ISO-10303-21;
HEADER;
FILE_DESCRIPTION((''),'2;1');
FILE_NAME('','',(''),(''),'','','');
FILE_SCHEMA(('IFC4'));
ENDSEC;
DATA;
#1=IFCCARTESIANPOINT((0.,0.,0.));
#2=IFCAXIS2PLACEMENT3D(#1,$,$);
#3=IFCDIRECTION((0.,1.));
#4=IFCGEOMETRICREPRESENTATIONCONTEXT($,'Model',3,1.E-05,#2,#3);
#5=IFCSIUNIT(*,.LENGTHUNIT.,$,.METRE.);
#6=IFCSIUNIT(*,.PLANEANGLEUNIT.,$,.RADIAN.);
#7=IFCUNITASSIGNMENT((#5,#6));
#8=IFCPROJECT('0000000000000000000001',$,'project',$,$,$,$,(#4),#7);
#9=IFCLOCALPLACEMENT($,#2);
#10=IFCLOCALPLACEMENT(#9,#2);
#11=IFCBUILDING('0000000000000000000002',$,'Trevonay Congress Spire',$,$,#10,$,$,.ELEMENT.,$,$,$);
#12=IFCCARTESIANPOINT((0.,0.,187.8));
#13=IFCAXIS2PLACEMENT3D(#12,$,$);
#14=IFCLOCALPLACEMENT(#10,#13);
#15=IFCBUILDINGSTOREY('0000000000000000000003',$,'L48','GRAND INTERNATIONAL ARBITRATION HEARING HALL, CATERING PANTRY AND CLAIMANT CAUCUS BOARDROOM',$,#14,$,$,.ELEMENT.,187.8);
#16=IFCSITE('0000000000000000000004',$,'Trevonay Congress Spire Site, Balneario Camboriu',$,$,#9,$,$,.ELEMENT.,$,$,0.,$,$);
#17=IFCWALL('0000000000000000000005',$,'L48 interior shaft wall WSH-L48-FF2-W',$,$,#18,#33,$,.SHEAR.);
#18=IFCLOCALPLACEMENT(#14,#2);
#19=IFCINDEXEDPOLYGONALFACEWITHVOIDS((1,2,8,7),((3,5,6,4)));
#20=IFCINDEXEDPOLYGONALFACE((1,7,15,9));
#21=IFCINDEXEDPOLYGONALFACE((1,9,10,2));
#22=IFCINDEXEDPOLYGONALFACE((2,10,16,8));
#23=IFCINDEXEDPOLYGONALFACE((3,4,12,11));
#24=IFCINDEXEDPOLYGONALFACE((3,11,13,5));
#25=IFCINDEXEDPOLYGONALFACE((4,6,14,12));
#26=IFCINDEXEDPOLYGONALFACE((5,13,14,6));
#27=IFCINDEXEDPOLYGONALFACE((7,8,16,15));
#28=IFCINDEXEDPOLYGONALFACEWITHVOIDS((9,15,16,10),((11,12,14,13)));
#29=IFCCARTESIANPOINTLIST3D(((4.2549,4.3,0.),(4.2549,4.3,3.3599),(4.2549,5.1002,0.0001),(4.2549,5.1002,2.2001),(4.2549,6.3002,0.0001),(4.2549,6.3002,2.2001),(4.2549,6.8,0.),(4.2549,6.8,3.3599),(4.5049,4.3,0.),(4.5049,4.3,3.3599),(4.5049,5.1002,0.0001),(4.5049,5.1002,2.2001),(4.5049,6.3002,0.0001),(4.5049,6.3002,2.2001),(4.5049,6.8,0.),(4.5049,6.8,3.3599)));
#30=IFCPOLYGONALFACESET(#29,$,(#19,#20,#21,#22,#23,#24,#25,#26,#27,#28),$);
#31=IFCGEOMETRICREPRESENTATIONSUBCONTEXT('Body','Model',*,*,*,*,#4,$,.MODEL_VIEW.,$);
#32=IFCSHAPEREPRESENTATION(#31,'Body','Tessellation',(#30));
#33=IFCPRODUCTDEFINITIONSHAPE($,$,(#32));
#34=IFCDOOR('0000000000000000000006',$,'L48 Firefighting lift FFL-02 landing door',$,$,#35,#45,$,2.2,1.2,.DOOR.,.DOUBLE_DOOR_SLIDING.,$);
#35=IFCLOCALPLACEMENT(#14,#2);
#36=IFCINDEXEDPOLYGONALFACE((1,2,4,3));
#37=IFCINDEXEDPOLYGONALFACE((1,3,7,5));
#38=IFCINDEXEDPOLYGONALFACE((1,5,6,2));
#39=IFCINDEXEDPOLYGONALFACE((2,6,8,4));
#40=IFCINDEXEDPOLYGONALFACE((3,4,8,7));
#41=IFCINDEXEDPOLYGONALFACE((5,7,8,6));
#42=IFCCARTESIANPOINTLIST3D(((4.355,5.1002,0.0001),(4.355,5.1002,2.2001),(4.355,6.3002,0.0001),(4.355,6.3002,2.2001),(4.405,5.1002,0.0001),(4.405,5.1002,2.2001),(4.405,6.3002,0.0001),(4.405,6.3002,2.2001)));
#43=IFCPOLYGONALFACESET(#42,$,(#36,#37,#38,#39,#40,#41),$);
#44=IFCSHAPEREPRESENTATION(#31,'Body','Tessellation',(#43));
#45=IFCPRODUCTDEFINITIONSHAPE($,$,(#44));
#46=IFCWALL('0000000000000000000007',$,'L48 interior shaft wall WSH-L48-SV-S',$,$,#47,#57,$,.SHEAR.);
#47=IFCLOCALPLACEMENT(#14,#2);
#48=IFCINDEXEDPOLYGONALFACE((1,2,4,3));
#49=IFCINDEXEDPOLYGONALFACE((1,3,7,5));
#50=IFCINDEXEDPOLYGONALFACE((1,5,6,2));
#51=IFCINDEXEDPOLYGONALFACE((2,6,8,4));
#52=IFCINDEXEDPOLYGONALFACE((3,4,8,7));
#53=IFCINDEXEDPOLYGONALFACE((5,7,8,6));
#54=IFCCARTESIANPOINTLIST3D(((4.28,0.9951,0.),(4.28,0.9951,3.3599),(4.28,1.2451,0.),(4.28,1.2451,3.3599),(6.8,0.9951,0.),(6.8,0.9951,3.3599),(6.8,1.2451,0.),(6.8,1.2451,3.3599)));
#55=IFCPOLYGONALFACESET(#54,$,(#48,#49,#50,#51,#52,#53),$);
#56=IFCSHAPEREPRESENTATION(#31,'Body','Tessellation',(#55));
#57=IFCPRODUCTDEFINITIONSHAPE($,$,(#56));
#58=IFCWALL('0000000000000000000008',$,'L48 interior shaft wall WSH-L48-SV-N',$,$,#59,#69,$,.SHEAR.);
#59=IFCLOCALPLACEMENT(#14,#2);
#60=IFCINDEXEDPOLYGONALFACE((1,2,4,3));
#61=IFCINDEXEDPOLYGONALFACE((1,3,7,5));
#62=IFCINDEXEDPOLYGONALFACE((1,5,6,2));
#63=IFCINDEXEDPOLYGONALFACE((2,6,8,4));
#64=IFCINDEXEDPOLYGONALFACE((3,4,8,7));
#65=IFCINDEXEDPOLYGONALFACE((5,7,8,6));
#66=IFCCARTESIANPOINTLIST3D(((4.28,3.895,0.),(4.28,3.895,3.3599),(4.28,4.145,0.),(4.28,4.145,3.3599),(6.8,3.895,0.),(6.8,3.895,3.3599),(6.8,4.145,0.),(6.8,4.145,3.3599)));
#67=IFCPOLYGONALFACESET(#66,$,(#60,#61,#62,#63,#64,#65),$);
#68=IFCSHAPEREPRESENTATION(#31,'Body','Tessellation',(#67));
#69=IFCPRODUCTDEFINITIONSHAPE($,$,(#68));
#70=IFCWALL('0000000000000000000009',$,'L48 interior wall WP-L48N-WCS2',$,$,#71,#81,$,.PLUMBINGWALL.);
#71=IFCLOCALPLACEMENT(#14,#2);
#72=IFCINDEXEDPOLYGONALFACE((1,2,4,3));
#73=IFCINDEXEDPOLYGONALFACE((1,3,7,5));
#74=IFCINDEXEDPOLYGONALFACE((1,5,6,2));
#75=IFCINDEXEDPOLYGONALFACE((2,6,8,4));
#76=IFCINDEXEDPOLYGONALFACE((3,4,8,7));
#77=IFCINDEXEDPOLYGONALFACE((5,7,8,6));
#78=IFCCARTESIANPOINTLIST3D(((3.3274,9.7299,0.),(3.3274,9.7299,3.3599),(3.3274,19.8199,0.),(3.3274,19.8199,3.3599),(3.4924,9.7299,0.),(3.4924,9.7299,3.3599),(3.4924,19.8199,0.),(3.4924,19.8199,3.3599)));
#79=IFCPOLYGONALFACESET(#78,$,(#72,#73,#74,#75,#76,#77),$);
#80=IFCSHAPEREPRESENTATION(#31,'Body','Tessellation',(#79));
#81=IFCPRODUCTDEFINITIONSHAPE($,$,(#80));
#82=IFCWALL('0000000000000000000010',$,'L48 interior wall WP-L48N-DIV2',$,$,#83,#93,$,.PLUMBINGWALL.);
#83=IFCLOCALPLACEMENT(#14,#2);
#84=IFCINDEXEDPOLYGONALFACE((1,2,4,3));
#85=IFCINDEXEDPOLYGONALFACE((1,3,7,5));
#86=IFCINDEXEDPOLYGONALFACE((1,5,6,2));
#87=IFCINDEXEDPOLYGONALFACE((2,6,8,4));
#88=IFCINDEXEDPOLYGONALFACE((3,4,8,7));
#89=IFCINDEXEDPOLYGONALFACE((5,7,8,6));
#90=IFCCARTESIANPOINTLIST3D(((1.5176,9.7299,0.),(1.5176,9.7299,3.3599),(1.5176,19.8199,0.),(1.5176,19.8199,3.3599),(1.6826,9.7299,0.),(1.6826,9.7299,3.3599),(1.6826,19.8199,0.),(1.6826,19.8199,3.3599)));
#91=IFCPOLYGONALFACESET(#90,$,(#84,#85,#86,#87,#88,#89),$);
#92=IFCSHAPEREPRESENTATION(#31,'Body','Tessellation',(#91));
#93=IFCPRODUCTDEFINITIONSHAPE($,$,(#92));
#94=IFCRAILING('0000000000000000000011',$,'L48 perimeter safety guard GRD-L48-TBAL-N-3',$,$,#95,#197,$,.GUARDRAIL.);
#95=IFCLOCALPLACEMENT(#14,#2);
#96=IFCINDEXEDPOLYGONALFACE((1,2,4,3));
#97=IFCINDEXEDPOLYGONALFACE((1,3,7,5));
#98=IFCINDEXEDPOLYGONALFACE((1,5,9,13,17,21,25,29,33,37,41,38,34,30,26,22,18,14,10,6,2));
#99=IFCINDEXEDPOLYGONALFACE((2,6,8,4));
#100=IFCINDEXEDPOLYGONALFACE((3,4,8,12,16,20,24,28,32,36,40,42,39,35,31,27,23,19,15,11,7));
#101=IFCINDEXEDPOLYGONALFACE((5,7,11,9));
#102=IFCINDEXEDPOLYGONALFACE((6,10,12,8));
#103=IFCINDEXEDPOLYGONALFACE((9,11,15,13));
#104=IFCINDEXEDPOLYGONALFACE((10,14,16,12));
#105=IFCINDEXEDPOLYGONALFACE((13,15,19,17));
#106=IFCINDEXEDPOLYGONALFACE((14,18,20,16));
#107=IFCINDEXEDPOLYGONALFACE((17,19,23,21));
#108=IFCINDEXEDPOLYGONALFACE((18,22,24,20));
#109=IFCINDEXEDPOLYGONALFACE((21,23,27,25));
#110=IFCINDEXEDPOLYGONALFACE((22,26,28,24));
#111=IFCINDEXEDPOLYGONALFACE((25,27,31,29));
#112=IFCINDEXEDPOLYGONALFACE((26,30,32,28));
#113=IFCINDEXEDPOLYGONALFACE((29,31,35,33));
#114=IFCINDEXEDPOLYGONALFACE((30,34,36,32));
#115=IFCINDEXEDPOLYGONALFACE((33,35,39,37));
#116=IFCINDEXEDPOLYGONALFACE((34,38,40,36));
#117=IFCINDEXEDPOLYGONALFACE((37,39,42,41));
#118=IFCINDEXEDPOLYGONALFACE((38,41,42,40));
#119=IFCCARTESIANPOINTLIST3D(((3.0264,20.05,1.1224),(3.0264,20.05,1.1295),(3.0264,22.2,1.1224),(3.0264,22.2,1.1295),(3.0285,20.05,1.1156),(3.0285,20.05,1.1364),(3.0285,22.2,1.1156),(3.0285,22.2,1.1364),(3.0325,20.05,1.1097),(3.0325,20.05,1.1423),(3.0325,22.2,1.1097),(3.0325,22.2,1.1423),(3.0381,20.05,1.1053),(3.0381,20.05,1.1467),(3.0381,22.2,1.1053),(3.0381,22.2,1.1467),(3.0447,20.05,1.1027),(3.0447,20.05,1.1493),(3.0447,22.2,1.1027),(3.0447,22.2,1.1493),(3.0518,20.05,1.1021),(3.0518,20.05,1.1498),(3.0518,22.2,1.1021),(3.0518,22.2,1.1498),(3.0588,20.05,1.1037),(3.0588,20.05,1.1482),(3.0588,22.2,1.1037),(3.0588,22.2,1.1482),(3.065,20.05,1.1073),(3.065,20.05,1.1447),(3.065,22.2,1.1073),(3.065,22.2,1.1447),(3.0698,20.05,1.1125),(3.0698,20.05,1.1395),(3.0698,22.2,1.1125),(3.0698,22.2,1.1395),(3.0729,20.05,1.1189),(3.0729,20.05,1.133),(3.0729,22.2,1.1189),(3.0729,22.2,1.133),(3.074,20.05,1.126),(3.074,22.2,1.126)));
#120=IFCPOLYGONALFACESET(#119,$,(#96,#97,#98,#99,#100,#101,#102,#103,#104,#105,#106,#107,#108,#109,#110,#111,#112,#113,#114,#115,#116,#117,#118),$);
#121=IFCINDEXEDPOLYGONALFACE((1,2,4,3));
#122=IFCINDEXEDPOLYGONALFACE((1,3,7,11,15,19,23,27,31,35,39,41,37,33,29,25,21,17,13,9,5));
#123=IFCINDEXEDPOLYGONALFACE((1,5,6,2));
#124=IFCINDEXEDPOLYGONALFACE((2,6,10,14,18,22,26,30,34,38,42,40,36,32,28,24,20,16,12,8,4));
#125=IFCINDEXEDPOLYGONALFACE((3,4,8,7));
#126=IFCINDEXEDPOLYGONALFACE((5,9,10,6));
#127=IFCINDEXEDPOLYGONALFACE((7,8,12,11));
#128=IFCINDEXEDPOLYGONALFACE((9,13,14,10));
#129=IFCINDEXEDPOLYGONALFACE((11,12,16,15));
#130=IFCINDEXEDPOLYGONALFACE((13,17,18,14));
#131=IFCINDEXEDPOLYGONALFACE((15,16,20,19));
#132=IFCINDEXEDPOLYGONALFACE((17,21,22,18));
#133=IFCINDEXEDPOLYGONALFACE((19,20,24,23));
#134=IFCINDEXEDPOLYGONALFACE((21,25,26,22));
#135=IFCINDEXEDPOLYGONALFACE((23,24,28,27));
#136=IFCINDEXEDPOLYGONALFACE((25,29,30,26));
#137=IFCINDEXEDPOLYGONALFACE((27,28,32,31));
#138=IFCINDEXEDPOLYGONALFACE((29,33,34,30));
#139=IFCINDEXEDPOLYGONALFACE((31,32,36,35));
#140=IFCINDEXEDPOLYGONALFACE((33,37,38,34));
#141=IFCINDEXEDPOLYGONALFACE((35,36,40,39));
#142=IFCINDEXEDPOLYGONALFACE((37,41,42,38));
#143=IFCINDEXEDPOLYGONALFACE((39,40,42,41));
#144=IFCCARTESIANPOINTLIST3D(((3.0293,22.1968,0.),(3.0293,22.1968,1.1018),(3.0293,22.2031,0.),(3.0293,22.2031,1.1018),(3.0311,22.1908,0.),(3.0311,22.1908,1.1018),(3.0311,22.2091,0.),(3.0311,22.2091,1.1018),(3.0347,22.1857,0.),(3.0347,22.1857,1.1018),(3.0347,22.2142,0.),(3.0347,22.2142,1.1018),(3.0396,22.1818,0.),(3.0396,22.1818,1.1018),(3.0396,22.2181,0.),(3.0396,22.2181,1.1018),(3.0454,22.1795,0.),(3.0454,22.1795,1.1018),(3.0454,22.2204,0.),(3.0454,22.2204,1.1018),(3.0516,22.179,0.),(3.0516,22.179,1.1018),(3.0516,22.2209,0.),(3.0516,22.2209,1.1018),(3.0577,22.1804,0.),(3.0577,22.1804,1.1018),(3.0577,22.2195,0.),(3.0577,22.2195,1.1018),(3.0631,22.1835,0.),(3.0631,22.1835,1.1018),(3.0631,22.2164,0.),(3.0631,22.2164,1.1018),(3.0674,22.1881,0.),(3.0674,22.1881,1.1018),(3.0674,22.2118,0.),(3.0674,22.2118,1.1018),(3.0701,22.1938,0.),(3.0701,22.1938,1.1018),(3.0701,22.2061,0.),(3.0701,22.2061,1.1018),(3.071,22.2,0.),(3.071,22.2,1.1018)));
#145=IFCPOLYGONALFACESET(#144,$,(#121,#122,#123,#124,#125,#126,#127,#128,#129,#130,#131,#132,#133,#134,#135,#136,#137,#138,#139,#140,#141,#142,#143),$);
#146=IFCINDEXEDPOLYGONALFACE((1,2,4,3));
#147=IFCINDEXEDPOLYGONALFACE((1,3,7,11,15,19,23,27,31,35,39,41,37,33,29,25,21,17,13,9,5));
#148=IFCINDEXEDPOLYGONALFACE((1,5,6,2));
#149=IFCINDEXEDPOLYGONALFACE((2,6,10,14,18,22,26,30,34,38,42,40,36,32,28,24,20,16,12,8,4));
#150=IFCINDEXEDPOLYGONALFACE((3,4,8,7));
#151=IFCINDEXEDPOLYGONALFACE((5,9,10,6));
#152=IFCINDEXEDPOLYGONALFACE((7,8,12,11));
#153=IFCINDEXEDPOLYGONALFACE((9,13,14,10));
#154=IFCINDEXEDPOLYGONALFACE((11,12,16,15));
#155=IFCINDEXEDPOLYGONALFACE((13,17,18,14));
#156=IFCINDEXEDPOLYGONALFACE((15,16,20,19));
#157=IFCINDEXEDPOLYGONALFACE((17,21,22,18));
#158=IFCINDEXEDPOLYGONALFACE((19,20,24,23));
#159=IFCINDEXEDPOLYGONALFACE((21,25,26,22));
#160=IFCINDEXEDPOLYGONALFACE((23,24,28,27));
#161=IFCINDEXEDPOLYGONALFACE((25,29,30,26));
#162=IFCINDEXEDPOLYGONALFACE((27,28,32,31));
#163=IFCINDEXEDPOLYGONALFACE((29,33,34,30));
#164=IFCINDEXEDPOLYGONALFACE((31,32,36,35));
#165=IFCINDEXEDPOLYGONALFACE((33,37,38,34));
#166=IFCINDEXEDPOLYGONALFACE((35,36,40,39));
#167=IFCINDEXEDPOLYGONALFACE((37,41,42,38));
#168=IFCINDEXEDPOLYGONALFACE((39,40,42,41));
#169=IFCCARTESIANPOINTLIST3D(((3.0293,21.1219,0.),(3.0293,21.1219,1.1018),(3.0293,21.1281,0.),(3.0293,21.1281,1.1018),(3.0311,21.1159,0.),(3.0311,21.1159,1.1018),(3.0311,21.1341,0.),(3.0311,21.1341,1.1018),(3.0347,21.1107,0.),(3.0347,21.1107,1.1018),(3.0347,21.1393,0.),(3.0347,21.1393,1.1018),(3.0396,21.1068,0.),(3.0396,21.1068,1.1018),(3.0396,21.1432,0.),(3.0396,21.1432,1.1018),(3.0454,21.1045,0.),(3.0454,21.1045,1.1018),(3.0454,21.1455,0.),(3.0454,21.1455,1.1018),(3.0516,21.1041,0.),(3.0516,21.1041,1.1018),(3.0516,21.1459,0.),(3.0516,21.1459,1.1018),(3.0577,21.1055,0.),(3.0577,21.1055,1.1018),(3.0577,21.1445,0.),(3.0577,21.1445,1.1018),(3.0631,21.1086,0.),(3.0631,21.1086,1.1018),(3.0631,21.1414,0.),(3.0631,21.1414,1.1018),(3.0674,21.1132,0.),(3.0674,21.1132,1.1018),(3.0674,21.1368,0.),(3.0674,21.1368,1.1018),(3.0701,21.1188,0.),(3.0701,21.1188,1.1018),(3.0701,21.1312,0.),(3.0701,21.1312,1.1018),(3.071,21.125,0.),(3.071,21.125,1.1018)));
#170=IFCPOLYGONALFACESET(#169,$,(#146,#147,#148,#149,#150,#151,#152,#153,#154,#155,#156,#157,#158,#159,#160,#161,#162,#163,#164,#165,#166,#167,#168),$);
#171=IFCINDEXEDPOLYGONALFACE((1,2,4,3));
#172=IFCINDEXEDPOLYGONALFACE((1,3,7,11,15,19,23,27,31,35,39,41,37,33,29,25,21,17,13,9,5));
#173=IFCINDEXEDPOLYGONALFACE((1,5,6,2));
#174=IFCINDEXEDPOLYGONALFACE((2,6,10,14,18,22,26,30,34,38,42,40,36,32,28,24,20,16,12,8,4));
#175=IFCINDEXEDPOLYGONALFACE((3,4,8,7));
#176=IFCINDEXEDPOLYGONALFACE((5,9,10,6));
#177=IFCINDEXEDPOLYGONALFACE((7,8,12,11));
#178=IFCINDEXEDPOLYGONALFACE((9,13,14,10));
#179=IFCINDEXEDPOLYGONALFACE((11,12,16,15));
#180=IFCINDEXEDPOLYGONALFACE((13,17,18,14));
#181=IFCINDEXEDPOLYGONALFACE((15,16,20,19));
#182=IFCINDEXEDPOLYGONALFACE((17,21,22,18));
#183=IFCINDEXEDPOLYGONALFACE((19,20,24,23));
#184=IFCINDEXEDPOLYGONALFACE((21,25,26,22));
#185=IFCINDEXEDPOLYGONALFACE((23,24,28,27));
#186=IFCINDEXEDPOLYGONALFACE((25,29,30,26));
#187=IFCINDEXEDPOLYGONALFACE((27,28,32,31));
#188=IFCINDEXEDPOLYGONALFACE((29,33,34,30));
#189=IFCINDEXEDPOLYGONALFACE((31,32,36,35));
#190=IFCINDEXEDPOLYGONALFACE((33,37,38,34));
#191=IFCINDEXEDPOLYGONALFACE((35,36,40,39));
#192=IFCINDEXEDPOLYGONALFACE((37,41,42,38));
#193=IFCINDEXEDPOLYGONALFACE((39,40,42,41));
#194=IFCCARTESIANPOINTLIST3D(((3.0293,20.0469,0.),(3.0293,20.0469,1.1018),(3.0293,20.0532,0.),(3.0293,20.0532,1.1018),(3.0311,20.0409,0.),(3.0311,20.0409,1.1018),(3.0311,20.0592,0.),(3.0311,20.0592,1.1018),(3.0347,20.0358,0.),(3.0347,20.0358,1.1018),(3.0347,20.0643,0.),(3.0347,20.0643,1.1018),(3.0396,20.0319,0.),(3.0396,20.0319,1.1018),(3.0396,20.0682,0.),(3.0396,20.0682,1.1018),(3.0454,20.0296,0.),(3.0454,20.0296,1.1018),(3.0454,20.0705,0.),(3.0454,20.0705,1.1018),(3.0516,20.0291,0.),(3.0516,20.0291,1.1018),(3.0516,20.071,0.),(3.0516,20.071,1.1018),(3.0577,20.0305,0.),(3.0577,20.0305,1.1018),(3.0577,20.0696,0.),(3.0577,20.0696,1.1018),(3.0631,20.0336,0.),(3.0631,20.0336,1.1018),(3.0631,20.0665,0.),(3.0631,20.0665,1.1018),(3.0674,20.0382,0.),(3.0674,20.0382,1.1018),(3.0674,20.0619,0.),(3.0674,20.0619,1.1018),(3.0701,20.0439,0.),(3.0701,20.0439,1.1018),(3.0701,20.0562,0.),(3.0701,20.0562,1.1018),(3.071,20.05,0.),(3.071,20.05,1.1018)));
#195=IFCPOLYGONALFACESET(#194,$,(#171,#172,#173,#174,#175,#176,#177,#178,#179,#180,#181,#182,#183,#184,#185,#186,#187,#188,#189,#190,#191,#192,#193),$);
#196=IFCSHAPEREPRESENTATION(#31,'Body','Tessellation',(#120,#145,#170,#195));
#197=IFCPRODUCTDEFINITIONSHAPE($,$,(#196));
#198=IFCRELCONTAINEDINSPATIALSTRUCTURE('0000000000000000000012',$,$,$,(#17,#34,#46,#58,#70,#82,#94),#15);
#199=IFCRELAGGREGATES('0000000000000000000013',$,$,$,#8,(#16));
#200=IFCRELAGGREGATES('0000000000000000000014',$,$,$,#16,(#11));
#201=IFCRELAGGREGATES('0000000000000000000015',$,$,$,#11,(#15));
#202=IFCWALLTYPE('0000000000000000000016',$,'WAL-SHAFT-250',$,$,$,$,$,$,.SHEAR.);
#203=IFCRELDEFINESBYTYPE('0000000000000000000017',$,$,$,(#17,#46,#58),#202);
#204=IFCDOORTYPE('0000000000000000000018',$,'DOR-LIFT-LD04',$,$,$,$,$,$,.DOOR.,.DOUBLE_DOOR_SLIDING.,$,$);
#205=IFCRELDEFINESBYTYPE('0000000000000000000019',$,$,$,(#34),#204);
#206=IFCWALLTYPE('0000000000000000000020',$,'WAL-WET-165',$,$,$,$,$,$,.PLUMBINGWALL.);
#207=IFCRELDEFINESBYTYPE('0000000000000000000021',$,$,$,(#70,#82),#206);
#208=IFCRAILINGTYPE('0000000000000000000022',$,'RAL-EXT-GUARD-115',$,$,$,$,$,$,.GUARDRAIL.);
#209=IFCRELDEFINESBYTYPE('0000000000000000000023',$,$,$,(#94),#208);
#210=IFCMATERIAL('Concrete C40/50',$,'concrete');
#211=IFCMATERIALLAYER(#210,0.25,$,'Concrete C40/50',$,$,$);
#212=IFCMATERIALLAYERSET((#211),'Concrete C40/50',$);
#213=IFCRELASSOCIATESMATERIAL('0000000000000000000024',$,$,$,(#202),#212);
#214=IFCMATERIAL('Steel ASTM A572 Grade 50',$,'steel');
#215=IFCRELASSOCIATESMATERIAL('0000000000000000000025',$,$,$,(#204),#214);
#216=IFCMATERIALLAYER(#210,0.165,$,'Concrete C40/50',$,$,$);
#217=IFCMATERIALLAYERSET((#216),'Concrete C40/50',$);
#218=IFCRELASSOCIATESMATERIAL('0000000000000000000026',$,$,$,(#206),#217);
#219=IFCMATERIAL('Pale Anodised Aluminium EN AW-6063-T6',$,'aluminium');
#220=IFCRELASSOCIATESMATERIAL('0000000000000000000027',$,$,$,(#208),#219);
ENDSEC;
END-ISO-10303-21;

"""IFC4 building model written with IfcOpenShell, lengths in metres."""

from ifc_helpers import new_model, si_unit, direction, frame, frame_2d, origin, origin_2d, place, context, subcontext, project, spatial, rectangle, circle, extrude, material, layer, layer_set, type_object, element, fill, save


model = new_model("IFC4")

# Units and contexts
model_context = context("Model", 3, precision=1e-05, world=origin(), true_north=direction((0.0, 1.0)))
body_context = subcontext(model_context, "Body", "Model", "MODEL_VIEW")
ifc_project = project(units=[si_unit("LENGTHUNIT", "METRE"), si_unit("PLANEANGLEUNIT", "RADIAN")], contexts=[model_context])

# Site, building, storey
site_placement = place(None, origin())
site = spatial("IfcSite", under=ifc_project, at=site_placement, Name="Trevonay Congress Spire Site, Balneario Camboriu", CompositionType="ELEMENT", RefElevation=0.0)
building_placement = place(site_placement, origin())
building = spatial("IfcBuilding", under=site, at=building_placement, Name="Trevonay Congress Spire", CompositionType="ELEMENT")
storey_placement = place(building_placement, frame((0.0, 0.0, 187.8)))
storey = spatial("IfcBuildingStorey", under=building, at=storey_placement, Name="L48", Description="GRAND INTERNATIONAL ARBITRATION HEARING HALL, CATERING PANTRY AND CLAIMANT CAUCUS BOARDROOM", CompositionType="ELEMENT", Elevation=187.8)

# Shared definitions
ifc_material_1 = material(Name="Steel ASTM A572 Grade 50", Category="steel")

# Shared definitions
ifc_material_2 = material(Name="Pale Anodised Aluminium EN AW-6063-T6", Category="aluminium")

# Shared definitions
ifc_material_3 = material(Name="Concrete C40/50", Category="concrete")
ifc_layer_1 = layer(ifc_material_3, 0.25, Name="Concrete C40/50")
ifc_layer_set_1 = layer_set([ifc_layer_1], Name="Concrete C40/50")
wall_type_1 = type_object("IfcWallType", Name="WAL-SHAFT-250", PredefinedType="SHEAR", material=ifc_layer_set_1)

# Wall, opening, door
wall_1_placement = place(storey_placement, frame((4.3799, 4.3, 0.0), z_axis=(0.0, 0.0, 1.0), x_axis=(0.0, 1.0, 0.0)))
wall_1 = element("IfcWall", 1, at=wall_1_placement, inside=storey, type_object=wall_type_1, Name="L48 interior shaft wall WSH-L48-FF2-W", PredefinedType="SHEAR", context=body_context, shape_type="SweptSolid", body=[
    extrude(rectangle(XDim=2.5, YDim=0.25, at=frame_2d((1.25, 0.0))), origin(), (0.0, 0.0, 1.0), 3.3599),
])
opening_placement = place(wall_1_placement, frame((0.8, 0.0, 0.0)))
opening = element("IfcOpeningElement", 2, at=opening_placement, cuts=wall_1, PredefinedType="OPENING", context=body_context, shape_type="SweptSolid", body=[
    extrude(rectangle(XDim=1.2, YDim=2.2, at=frame_2d((0.6001, 1.1001))), frame((0.0, 0.135, 0.0), z_axis=(0.0, -1.0, 0.0), x_axis=(1.0, 0.0, 0.0)), (0.0, 0.0, 1.0), 0.27),
])
door_type = type_object("IfcDoorType", Name="DOR-LIFT-LD04", OperationType="DOUBLE_DOOR_SLIDING", PredefinedType="DOOR", material=ifc_material_1)
door_placement = place(opening_placement, origin())
door = element("IfcDoor", 3, at=door_placement, inside=storey, type_object=door_type, Name="L48 Firefighting lift FFL-02 landing door", OperationType="DOUBLE_DOOR_SLIDING", OverallHeight=2.2, OverallWidth=1.2, PredefinedType="DOOR", context=body_context, shape_type="SweptSolid", body=[
    extrude(rectangle(XDim=1.2, YDim=2.2, at=frame_2d((0.6001, 1.1001))), frame((0.0, 0.0249, 0.0), z_axis=(0.0, -1.0, 0.0), x_axis=(1.0, 0.0, 0.0)), (0.0, 0.0, 1.0), 0.05),
])
fill(opening, door)

# Walls
for number, where, z_axis, x_axis, name in (
    (4, (4.28, 1.1201, 0.0), (0.0, 0.0, 1.0), (1.0, 0.0, 0.0), "L48 interior shaft wall WSH-L48-SV-S"),
    (5, (4.28, 4.02, 0.0), (0.0, 0.0, 1.0), (1.0, 0.0, 0.0), "L48 interior shaft wall WSH-L48-SV-N"),
):
    element("IfcWall", number, at=place(storey_placement, frame(where, z_axis=z_axis, x_axis=x_axis)), inside=storey, type_object=wall_type_1, Name=name, PredefinedType="SHEAR", context=body_context, shape_type="SweptSolid", body=[
        extrude(rectangle(XDim=2.52, YDim=0.25, at=frame_2d((1.26, 0.0))), origin(), (0.0, 0.0, 1.0), 3.3599),
    ])
ifc_layer_2 = layer(ifc_material_3, 0.165, Name="Concrete C40/50")
ifc_layer_set_2 = layer_set([ifc_layer_2], Name="Concrete C40/50")
wall_type_2 = type_object("IfcWallType", Name="WAL-WET-165", PredefinedType="PLUMBINGWALL", material=ifc_layer_set_2)
for number, where, z_axis, x_axis, name in (
    (6, (3.4099, 9.73, 0.0), (0.0, 0.0, 1.0), (0.0, 1.0, 0.0), "L48 interior wall WP-L48N-WCS2"),
    (7, (1.6001, 9.73, 0.0), (0.0, 0.0, 1.0), (0.0, 1.0, 0.0), "L48 interior wall WP-L48N-DIV2"),
):
    element("IfcWall", number, at=place(storey_placement, frame(where, z_axis=z_axis, x_axis=x_axis)), inside=storey, type_object=wall_type_2, Name=name, PredefinedType="PLUMBINGWALL", context=body_context, shape_type="SweptSolid", body=[
        extrude(rectangle(XDim=10.0901, YDim=0.165, at=frame_2d((5.0449, 0.0))), origin(), (0.0, 0.0, 1.0), 3.3599),
    ])

# Railing
railing_type = type_object("IfcRailingType", Name="RAL-EXT-GUARD-115", PredefinedType="GUARDRAIL", material=ifc_material_2)
railing_placement = place(storey_placement, frame((3.05, 22.2, 0.0)))
element("IfcRailing", 8, at=railing_placement, inside=storey, type_object=railing_type, Name="L48 perimeter safety guard GRD-L48-TBAL-N-3", PredefinedType="GUARDRAIL", context=body_context, shape_type="SweptSolid", body=[
    extrude(circle(Radius=0.0239, at=origin_2d()), frame((0.0, 0.0, 1.126), z_axis=(0.0, -1.0, 0.0), x_axis=(1.0, 0.0, 0.0)), (0.0, 0.0, 1.0), 2.1499),
    extrude(circle(Radius=0.021, at=origin_2d()), origin(), (0.0, 0.0, 1.0), 1.1018),
    extrude(circle(Radius=0.021, at=origin_2d()), frame((0.0, -1.075, 0.0)), (0.0, 0.0, 1.0), 1.1018),
    extrude(circle(Radius=0.021, at=origin_2d()), frame((0.0, -2.1499, 0.0)), (0.0, 0.0, 1.0), 1.1018),
])

save(model, "model.ifc")
